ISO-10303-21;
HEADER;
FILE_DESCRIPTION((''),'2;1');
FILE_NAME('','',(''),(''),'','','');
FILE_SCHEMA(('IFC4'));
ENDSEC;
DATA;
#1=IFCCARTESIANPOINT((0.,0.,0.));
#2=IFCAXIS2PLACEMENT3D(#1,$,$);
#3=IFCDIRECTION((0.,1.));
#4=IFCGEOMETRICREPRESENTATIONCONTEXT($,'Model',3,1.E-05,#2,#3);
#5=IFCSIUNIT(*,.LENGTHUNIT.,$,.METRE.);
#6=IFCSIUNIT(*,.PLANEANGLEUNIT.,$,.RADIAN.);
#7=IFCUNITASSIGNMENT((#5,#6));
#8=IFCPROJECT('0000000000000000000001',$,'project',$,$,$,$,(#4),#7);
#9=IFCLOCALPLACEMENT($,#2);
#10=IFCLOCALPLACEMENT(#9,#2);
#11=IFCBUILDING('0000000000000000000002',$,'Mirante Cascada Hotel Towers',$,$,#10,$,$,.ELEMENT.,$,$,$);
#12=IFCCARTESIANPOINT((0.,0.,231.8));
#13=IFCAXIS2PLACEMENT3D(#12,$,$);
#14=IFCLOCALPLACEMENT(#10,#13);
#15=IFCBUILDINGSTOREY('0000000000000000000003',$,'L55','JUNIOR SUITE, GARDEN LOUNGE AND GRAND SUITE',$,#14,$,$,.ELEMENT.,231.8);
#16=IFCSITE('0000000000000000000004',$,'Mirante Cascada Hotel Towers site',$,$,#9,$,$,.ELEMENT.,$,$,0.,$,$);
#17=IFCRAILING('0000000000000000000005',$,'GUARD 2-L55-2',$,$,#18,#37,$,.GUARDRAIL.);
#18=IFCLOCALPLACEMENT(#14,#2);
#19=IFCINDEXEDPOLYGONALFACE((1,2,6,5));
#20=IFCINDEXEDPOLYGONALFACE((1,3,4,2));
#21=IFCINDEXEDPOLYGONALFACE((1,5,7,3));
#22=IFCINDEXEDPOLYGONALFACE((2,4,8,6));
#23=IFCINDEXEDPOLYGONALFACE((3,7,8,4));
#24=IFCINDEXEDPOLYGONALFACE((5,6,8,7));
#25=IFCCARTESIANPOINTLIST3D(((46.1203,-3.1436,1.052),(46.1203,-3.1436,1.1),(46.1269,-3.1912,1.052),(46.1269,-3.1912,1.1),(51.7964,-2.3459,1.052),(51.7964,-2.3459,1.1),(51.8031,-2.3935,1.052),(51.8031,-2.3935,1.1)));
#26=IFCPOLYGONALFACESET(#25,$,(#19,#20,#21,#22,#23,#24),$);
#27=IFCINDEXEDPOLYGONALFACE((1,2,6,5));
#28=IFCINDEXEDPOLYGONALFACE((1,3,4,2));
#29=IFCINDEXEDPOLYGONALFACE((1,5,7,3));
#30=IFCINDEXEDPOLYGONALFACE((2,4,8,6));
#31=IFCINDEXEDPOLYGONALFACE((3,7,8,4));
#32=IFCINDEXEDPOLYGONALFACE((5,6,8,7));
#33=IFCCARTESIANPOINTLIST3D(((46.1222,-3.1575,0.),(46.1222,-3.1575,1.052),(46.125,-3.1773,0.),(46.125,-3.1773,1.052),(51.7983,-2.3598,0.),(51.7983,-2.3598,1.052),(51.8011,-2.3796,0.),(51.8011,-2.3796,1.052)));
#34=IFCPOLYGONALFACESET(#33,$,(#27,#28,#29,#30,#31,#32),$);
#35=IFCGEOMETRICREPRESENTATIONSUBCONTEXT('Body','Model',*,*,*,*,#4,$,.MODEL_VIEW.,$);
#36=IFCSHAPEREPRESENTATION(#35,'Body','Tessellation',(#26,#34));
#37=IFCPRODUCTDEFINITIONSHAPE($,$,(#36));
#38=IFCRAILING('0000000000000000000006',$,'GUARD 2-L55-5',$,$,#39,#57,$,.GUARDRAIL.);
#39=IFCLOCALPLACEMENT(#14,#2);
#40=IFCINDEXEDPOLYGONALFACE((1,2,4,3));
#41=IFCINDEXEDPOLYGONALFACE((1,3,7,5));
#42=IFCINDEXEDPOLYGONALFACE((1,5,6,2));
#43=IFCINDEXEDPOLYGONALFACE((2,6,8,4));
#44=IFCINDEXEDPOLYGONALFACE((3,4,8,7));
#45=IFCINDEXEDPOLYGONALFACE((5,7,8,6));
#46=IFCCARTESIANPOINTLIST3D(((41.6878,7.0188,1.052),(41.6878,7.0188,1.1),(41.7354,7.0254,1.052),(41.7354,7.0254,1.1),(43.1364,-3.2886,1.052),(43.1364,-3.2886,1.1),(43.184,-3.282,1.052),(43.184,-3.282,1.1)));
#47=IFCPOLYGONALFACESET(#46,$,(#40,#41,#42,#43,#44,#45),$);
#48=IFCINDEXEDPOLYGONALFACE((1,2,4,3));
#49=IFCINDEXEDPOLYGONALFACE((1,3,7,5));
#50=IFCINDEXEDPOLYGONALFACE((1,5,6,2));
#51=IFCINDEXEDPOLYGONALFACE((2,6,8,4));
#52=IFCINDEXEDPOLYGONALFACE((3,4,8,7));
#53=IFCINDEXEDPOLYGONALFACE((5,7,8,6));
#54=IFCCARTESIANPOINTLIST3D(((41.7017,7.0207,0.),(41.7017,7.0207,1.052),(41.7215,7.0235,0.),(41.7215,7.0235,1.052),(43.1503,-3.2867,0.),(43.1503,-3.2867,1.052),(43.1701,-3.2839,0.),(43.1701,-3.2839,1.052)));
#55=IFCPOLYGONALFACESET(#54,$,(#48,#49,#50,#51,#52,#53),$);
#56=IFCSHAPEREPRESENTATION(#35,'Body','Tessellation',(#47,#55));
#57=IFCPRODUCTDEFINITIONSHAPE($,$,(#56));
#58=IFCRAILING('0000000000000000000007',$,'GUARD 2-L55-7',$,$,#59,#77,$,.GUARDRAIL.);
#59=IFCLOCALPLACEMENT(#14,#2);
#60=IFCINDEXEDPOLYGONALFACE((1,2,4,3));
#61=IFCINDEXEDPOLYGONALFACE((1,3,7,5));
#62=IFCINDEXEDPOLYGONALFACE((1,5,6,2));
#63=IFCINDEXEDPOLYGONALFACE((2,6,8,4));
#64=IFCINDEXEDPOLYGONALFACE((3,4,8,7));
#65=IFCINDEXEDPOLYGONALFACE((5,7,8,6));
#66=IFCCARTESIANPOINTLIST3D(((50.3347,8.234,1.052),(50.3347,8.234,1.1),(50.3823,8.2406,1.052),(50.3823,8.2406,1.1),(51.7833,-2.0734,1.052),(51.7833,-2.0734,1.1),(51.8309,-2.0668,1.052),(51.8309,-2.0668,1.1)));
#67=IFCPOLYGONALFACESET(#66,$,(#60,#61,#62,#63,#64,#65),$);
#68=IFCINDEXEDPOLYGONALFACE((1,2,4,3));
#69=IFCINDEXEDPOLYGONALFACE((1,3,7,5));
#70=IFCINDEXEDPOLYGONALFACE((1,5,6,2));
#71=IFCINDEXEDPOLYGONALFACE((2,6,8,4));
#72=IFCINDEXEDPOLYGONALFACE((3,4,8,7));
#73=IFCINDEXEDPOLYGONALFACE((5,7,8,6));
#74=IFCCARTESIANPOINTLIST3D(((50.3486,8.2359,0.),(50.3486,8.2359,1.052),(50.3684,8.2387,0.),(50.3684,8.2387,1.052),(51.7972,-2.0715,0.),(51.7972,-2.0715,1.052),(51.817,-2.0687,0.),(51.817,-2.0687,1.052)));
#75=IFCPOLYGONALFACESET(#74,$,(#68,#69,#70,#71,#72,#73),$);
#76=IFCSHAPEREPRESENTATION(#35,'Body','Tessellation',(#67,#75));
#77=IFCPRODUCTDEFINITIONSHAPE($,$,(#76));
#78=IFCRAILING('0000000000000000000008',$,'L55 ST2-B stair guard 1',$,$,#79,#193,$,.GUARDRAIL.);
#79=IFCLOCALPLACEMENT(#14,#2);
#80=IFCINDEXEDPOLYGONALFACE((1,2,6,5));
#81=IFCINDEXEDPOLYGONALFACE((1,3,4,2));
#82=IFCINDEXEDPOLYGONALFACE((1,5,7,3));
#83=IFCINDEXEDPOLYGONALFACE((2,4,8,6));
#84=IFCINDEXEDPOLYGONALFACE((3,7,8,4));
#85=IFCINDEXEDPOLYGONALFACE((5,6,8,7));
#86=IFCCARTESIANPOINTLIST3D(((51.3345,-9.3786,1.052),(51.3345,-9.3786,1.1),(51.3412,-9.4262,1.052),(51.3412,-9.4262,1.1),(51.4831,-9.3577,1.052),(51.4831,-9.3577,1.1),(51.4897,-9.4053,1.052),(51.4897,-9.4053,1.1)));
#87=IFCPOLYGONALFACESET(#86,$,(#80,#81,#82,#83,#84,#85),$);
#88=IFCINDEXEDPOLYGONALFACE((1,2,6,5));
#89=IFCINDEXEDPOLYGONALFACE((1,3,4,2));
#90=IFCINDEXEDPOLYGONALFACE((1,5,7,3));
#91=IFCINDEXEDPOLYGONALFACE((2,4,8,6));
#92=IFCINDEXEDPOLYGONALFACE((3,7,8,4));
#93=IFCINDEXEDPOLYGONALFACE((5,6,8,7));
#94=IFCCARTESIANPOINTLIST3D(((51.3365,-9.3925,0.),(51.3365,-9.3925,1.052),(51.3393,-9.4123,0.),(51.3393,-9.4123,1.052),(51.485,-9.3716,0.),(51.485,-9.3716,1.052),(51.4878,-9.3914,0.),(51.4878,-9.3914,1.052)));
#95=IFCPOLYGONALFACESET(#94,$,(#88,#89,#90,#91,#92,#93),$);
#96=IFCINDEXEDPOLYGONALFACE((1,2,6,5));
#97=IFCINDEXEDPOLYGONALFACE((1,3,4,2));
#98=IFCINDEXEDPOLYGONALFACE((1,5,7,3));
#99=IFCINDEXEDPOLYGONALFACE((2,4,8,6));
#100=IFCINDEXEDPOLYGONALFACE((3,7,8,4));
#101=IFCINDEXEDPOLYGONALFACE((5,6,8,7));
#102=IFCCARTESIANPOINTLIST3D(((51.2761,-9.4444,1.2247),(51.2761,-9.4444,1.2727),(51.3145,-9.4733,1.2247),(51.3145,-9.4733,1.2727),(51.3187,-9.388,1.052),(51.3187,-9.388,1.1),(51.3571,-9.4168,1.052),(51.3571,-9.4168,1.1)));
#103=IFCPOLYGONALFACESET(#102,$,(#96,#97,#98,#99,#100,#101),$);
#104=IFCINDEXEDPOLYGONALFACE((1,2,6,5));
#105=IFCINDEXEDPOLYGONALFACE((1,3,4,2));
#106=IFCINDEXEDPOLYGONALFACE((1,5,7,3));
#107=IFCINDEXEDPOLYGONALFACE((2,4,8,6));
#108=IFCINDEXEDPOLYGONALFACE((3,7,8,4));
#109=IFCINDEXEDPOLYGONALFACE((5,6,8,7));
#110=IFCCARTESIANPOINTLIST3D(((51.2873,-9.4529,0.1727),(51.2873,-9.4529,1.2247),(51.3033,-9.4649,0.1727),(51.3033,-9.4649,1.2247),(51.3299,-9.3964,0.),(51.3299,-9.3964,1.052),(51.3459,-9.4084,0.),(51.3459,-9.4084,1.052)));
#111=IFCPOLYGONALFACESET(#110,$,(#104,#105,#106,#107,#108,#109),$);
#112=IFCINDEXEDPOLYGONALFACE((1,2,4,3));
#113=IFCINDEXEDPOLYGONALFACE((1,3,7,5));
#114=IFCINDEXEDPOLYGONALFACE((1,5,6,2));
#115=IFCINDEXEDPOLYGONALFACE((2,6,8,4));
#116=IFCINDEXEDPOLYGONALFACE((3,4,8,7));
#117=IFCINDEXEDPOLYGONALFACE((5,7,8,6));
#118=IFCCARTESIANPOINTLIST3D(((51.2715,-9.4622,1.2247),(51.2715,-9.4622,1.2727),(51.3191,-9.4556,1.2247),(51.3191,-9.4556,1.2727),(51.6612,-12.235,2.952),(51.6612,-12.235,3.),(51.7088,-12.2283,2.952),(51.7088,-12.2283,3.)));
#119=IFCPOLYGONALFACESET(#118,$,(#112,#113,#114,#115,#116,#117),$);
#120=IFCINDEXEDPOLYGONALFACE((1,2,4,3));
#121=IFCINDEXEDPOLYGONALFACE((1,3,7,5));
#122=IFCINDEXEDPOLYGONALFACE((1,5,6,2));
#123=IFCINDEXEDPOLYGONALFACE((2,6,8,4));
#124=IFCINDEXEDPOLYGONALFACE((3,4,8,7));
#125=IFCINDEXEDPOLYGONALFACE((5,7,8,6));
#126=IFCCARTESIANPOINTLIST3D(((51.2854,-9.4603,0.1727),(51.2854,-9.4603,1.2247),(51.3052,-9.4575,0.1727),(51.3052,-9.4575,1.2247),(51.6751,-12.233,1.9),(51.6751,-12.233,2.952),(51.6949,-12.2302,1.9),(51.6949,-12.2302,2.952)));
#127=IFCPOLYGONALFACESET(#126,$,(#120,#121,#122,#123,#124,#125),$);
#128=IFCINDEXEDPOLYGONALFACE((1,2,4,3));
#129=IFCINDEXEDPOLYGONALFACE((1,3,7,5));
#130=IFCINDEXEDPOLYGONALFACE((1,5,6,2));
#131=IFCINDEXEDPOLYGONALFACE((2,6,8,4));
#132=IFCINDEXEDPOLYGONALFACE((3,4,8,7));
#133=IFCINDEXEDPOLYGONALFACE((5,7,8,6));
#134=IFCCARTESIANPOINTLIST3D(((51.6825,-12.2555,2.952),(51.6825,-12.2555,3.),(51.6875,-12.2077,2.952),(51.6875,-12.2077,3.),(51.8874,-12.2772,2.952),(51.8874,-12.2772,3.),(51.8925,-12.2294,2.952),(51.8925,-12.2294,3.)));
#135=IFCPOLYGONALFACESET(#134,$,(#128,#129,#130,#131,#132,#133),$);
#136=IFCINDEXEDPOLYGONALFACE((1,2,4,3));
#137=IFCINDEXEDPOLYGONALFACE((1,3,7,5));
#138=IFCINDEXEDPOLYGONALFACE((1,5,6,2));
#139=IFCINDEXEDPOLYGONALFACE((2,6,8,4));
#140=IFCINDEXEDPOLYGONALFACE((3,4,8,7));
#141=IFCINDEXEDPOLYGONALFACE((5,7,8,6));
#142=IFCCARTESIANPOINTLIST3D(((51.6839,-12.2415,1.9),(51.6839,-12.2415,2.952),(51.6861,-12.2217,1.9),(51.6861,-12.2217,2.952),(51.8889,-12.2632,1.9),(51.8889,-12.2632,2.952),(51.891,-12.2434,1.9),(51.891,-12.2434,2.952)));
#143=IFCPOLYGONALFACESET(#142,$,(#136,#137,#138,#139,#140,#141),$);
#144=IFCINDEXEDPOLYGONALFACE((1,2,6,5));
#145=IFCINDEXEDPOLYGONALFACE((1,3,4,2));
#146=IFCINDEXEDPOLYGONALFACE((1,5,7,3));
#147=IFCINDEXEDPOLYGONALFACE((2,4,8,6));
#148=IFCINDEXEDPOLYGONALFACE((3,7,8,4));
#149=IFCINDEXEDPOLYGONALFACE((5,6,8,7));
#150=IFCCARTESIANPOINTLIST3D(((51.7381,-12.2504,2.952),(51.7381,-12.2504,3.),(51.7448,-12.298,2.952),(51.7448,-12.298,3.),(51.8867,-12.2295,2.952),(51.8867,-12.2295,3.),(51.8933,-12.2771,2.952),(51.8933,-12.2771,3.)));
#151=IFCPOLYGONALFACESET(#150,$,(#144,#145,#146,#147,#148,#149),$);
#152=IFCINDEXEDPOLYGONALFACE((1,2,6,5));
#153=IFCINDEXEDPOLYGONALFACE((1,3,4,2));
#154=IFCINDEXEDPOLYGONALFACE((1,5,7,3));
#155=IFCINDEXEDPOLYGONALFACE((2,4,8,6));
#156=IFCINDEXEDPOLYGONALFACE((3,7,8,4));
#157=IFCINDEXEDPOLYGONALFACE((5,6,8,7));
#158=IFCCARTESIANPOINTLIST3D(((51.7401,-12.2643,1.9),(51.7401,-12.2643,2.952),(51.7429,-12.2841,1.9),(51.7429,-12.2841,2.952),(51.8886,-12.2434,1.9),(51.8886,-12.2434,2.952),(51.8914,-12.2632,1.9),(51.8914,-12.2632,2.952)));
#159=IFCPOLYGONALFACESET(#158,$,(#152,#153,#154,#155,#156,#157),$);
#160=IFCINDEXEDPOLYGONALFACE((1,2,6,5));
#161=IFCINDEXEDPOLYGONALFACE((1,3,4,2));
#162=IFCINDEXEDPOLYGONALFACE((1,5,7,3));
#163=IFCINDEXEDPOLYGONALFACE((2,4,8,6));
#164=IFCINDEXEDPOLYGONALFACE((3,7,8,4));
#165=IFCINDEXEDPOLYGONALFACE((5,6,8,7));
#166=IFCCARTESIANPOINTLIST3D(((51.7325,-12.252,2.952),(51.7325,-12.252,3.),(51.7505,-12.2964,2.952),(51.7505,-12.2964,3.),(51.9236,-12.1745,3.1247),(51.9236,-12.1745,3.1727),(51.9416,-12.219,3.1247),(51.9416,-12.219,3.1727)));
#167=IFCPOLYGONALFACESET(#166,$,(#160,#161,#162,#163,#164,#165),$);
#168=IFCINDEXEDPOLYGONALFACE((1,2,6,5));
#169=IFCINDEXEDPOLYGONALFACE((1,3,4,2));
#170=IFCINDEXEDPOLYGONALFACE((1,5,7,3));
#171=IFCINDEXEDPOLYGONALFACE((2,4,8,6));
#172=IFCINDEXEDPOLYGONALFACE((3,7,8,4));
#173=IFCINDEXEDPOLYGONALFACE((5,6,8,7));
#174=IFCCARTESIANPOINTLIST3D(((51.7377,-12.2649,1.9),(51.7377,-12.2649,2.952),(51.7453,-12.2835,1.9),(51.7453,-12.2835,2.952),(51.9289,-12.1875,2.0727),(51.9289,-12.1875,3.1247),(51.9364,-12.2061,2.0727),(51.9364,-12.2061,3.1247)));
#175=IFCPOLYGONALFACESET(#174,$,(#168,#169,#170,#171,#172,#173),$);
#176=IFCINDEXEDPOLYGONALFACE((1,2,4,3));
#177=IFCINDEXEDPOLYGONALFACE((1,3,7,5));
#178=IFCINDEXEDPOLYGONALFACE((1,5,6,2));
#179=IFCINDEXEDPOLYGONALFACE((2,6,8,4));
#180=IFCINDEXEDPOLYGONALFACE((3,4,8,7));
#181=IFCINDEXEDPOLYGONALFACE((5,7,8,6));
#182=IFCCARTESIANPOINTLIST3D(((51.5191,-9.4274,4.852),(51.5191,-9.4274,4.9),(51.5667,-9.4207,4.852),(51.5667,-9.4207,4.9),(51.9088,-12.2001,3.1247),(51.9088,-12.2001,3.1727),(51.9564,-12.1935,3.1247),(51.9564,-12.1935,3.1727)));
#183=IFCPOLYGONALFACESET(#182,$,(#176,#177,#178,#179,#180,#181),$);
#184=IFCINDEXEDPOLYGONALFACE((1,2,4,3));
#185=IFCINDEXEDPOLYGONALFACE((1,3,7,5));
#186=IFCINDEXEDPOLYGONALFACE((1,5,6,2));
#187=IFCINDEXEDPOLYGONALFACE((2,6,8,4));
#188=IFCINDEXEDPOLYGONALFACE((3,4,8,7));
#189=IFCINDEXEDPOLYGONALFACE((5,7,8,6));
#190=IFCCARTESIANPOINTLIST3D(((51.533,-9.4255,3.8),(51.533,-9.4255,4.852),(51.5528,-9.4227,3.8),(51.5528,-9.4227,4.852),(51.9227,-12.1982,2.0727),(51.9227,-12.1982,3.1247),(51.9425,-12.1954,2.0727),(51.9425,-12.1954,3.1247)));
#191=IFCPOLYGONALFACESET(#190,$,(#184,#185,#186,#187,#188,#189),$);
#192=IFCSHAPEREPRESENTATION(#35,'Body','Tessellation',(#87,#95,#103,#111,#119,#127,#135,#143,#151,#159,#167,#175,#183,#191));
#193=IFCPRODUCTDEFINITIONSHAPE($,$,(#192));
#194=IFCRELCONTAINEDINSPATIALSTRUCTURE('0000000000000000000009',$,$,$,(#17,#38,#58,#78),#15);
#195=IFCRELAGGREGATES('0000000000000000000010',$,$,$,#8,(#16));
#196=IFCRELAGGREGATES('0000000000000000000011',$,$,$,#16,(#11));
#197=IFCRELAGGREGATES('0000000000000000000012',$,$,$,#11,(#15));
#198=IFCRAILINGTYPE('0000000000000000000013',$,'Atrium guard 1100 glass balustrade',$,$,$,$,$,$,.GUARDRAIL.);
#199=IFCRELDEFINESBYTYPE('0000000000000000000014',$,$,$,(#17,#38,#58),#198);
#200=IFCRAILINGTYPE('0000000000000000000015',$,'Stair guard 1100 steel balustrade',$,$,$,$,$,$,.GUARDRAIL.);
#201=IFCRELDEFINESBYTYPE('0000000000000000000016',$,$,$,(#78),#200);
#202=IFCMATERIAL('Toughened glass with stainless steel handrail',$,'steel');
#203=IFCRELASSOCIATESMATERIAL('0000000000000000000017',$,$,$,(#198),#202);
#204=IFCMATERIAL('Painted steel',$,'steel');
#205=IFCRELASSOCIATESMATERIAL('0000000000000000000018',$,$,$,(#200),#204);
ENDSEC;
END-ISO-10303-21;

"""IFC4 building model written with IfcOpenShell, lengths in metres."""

from ifc_helpers import new_model, si_unit, direction, frame, origin, origin_2d, place, context, subcontext, project, spatial, rectangle, extrude, material, type_object, element, save


model = new_model("IFC4")

# Units and contexts
model_context = context("Model", 3, precision=1e-05, world=origin(), true_north=direction((0.0, 1.0)))
body_context = subcontext(model_context, "Body", "Model", "MODEL_VIEW")
ifc_project = project(units=[si_unit("LENGTHUNIT", "METRE"), si_unit("PLANEANGLEUNIT", "RADIAN")], contexts=[model_context])

# Site, building, storey
site_placement = place(None, origin())
site = spatial("IfcSite", under=ifc_project, at=site_placement, Name="Mirante Cascada Hotel Towers site", CompositionType="ELEMENT", RefElevation=0.0)
building_placement = place(site_placement, origin())
building = spatial("IfcBuilding", under=site, at=building_placement, Name="Mirante Cascada Hotel Towers", CompositionType="ELEMENT")
storey_placement = place(building_placement, frame((0.0, 0.0, 231.8)))
storey = spatial("IfcBuildingStorey", under=building, at=storey_placement, Name="L55", Description="JUNIOR SUITE, GARDEN LOUNGE AND GRAND SUITE", CompositionType="ELEMENT", Elevation=231.8)

# Railings
ifc_material_1 = material(Name="Toughened glass with stainless steel handrail", Category="steel")
railing_type_1 = type_object("IfcRailingType", Name="Atrium guard 1100 glass balustrade", PredefinedType="GUARDRAIL", material=ifc_material_1)
railing_1_placement = place(storey_placement, frame((46.1236, -3.1674, 0.0)))
element("IfcRailing", 1, at=railing_1_placement, inside=storey, type_object=railing_type_1, Name="GUARD 2-L55-2", PredefinedType="GUARDRAIL", context=body_context, shape_type="SweptSolid", body=[
    extrude(rectangle(XDim=0.048, YDim=0.048, at=origin_2d()), frame((0.0, 0.0, 1.076), z_axis=(0.990269, 0.139169, 0.0), x_axis=(-0.139169, 0.990269, 0.0)), (0.0, 0.0, 1.0), 5.7319),
    extrude(rectangle(XDim=0.02, YDim=1.052, at=origin_2d()), frame((0.0, 0.0, 0.526), z_axis=(0.990269, 0.139169, 0.0), x_axis=(-0.139169, 0.990269, 0.0)), (0.0, 0.0, 1.0), 5.7319),
])
for number, where, name in (
    (2, (43.1602, -3.2853, 0.0), "GUARD 2-L55-5"),
    (3, (51.8071, -2.0701, 0.0), "GUARD 2-L55-7"),
):
    element("IfcRailing", number, at=place(storey_placement, frame(where)), inside=storey, type_object=railing_type_1, Name=name, PredefinedType="GUARDRAIL", context=body_context, shape_type="SweptSolid", body=[
        extrude(rectangle(XDim=0.048, YDim=0.048, at=origin_2d()), frame((0.0, 0.0, 1.076), z_axis=(-0.139172, 0.990268, 0.0), x_axis=(-0.990268, -0.139172, 0.0)), (0.0, 0.0, 1.0), 10.4087),
        extrude(rectangle(XDim=0.02, YDim=1.052, at=origin_2d()), frame((0.0, 0.0, 0.526), z_axis=(-0.139172, 0.990268, 0.0), x_axis=(-0.990268, -0.139172, 0.0)), (0.0, 0.0, 1.0), 10.4087),
    ])
ifc_material_2 = material(Name="Painted steel", Category="steel")
railing_type_2 = type_object("IfcRailingType", Name="Stair guard 1100 steel balustrade", PredefinedType="GUARDRAIL", material=ifc_material_2)
railing_2_placement = place(storey_placement, frame((51.4864, -9.3815, 0.0)))
element("IfcRailing", 4, at=railing_2_placement, inside=storey, type_object=railing_type_2, Name="L55 ST2-B stair guard 1", PredefinedType="GUARDRAIL", context=body_context, shape_type="SweptSolid", body=[
    extrude(rectangle(XDim=0.048, YDim=0.048, at=origin_2d()), frame((0.0, 0.0, 1.076), z_axis=(-0.990241, -0.139367, 0.0), x_axis=(0.139367, -0.990241, 0.0)), (0.0, 0.0, 1.0), 0.15),
    extrude(rectangle(XDim=0.02, YDim=1.052, at=origin_2d()), frame((0.0, 0.0, 0.526), z_axis=(-0.990241, -0.139367, 0.0), x_axis=(0.139367, -0.990241, 0.0)), (0.0, 0.0, 1.0), 0.15),
    extrude(rectangle(XDim=0.048, YDim=0.048, at=origin_2d()), frame((-0.1485, -0.0209, 1.076), z_axis=(-0.602033, -0.798471, 0.0), x_axis=(0.798471, -0.602033, 0.0)), (0.0, 0.92534, 0.379139), 0.1866),
    extrude(rectangle(XDim=0.02, YDim=1.052, at=origin_2d()), frame((-0.1485, -0.0209, 0.526), z_axis=(-0.602033, -0.798471, 0.0), x_axis=(0.798471, -0.602033, 0.0)), (0.0, 0.92534, 0.379139), 0.1866),
    extrude(rectangle(XDim=0.048, YDim=0.048, at=origin_2d()), frame((-0.1911, -0.0774, 1.2487), z_axis=(0.139181, -0.990267, 0.0), x_axis=(0.990267, 0.139181, 0.0)), (0.0, 0.525035, 0.851081), 3.2899),
    extrude(rectangle(XDim=0.02, YDim=1.052, at=origin_2d()), frame((-0.1911, -0.0774, 0.6987), z_axis=(0.139181, -0.990267, 0.0), x_axis=(0.990267, 0.139181, 0.0)), (0.0, 0.525035, 0.851081), 3.2899),
    extrude(rectangle(XDim=0.048, YDim=0.048, at=origin_2d()), frame((0.1986, -2.8501, 2.976), z_axis=(0.994444, -0.105266, 0.0), x_axis=(0.105266, 0.994444, 0.0)), (0.0, 0.0, 1.0), 0.2061),
    extrude(rectangle(XDim=0.02, YDim=1.052, at=origin_2d()), frame((0.1986, -2.8501, 2.426), z_axis=(0.994444, -0.105266, 0.0), x_axis=(0.105266, 0.994444, 0.0)), (0.0, 0.0, 1.0), 0.2061),
    extrude(rectangle(XDim=0.048, YDim=0.048, at=origin_2d()), frame((0.4036, -2.8718, 2.976), z_axis=(-0.990241, -0.139367, 0.0), x_axis=(0.139367, -0.990241, 0.0)), (0.0, 0.0, 1.0), 0.15),
    extrude(rectangle(XDim=0.02, YDim=1.052, at=origin_2d()), frame((0.4036, -2.8718, 2.426), z_axis=(-0.990241, -0.139367, 0.0), x_axis=(0.139367, -0.990241, 0.0)), (0.0, 0.0, 1.0), 0.15),
    extrude(rectangle(XDim=0.048, YDim=0.048, at=origin_2d()), frame((0.2551, -2.8927, 2.976), z_axis=(0.926862, 0.375401, 0.0), x_axis=(-0.375401, 0.926862, 0.0)), (0.0, 0.642122, 0.766603), 0.269),
    extrude(rectangle(XDim=0.02, YDim=1.052, at=origin_2d()), frame((0.2551, -2.8927, 2.426), z_axis=(0.926862, 0.375401, 0.0), x_axis=(-0.375401, 0.926862, 0.0)), (0.0, 0.642122, 0.766603), 0.269),
    extrude(rectangle(XDim=0.048, YDim=0.048, at=origin_2d()), frame((0.4462, -2.8153, 3.1487), z_axis=(-0.139181, 0.990267, 0.0), x_axis=(-0.990267, -0.139181, 0.0)), (0.0, 0.525035, 0.851081), 3.2899),
    extrude(rectangle(XDim=0.02, YDim=1.052, at=origin_2d()), frame((0.4462, -2.8153, 2.5987), z_axis=(-0.139181, 0.990267, 0.0), x_axis=(-0.990267, -0.139181, 0.0)), (0.0, 0.525035, 0.851081), 3.2899),
])

save(model, "model.ifc")
